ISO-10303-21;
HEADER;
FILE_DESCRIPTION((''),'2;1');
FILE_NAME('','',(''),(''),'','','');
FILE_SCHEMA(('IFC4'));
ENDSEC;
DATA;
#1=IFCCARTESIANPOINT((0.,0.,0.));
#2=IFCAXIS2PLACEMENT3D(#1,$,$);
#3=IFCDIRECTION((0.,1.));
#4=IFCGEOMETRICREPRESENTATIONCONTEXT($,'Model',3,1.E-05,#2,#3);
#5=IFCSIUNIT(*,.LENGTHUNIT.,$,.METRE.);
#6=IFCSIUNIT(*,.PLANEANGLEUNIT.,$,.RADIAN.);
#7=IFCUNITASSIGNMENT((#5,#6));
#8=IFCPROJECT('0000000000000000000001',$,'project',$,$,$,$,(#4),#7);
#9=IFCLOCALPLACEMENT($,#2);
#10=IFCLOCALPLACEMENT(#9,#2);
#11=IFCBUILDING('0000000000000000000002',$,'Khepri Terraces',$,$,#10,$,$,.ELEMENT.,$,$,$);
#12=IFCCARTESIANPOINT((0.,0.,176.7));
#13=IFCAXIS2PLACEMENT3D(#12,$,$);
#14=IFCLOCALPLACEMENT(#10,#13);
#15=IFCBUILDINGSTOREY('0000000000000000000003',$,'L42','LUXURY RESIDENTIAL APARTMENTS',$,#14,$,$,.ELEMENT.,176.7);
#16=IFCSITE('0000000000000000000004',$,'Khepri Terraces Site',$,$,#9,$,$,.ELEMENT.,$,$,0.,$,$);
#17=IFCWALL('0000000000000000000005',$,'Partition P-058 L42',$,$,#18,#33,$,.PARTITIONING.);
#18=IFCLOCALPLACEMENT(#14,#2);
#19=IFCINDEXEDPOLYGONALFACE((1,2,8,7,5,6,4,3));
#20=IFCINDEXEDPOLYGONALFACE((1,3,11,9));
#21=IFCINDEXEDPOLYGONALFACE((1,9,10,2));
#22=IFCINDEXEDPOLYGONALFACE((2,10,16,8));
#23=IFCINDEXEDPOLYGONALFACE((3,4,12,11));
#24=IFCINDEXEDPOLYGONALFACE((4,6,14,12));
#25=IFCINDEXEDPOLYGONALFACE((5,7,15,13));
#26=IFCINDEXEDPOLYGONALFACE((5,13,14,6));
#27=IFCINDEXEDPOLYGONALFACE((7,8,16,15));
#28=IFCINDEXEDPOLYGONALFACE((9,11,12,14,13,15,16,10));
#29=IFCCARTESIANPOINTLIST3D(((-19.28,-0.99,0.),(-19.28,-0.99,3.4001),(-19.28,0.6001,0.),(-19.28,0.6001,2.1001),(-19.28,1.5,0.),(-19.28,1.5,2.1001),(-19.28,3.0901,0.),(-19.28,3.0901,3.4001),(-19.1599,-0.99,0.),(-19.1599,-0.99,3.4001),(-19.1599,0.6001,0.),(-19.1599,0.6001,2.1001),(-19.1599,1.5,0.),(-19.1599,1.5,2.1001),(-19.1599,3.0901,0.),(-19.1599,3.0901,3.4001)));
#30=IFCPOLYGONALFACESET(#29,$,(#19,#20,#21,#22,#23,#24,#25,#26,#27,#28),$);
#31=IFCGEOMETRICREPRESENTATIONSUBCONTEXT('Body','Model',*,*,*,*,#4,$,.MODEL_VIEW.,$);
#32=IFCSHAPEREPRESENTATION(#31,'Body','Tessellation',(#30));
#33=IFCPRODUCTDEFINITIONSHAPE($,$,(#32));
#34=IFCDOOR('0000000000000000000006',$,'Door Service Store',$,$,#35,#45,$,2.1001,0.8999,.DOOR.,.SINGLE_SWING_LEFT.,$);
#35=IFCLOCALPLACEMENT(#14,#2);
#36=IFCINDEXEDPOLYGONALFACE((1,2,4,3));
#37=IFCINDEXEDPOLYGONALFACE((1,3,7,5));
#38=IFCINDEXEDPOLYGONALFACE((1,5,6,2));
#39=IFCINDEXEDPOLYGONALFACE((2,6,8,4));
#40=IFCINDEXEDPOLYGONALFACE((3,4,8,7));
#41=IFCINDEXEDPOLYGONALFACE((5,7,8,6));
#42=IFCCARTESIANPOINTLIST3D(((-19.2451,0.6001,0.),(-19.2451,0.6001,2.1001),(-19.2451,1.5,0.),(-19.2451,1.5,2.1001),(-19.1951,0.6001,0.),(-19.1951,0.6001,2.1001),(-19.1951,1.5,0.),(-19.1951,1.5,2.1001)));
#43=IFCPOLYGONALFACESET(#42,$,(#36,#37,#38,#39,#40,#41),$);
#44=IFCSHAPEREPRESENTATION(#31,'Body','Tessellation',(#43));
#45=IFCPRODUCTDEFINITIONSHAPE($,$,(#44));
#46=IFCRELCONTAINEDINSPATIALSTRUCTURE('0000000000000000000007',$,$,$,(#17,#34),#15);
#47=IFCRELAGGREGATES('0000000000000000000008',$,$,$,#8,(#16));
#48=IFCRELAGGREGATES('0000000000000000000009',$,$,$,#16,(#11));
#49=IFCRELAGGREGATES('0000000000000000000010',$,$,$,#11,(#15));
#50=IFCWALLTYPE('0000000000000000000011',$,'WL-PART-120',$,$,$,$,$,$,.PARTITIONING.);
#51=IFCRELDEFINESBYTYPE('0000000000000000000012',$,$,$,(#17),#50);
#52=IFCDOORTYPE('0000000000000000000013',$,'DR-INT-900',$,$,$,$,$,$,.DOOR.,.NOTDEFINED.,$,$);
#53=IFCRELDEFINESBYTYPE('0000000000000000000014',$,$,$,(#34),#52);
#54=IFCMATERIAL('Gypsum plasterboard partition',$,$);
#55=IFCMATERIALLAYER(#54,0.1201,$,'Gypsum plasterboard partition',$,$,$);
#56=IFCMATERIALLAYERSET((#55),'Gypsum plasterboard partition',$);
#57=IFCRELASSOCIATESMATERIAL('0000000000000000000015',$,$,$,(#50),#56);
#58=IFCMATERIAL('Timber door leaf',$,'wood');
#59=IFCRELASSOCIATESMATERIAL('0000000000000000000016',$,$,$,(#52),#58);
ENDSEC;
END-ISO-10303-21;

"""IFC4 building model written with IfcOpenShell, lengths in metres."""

from ifc_helpers import new_model, si_unit, direction, frame, frame_2d, origin, place, context, subcontext, project, spatial, rectangle, extrude, material, layer, layer_set, type_object, element, fill, save


model = new_model("IFC4")

# Units and contexts
model_context = context("Model", 3, precision=1e-05, world=origin(), true_north=direction((0.0, 1.0)))
body_context = subcontext(model_context, "Body", "Model", "MODEL_VIEW")
ifc_project = project(units=[si_unit("LENGTHUNIT", "METRE"), si_unit("PLANEANGLEUNIT", "RADIAN")], contexts=[model_context])

# Site, building, storey
site_placement = place(None, origin())
site = spatial("IfcSite", under=ifc_project, at=site_placement, Name="Khepri Terraces Site", CompositionType="ELEMENT", RefElevation=0.0)
building_placement = place(site_placement, origin())
building = spatial("IfcBuilding", under=site, at=building_placement, Name="Khepri Terraces", CompositionType="ELEMENT")
storey_placement = place(building_placement, frame((0.0, 0.0, 176.7)))
storey = spatial("IfcBuildingStorey", under=building, at=storey_placement, Name="L42", Description="LUXURY RESIDENTIAL APARTMENTS", CompositionType="ELEMENT", Elevation=176.7)

# Shared definitions
ifc_material_1 = material(Name="Gypsum plasterboard partition")
ifc_layer_1 = layer(ifc_material_1, 0.1201, Name="Gypsum plasterboard partition")
ifc_layer_set_1 = layer_set([ifc_layer_1], Name="Gypsum plasterboard partition")
wall_type_1 = type_object("IfcWallType", Name="WL-PART-120", PredefinedType="PARTITIONING", material=ifc_layer_set_1)

# Shared definitions
ifc_material_2 = material(Name="Timber door leaf", Category="wood")
door_type_1 = type_object("IfcDoorType", Name="DR-INT-900", OperationType="NOTDEFINED", PredefinedType="DOOR", material=ifc_material_2)

# Wall, opening, door
wall_1_placement = place(storey_placement, frame((-19.22, -0.99, 0.0), z_axis=(0.0, 0.0, 1.0), x_axis=(0.0, 1.0, 0.0)))
wall_1 = element("IfcWall", 1, at=wall_1_placement, inside=storey, type_object=wall_type_1, Name="Partition P-058 L42", PredefinedType="PARTITIONING", context=body_context, shape_type="SweptSolid", body=[
    extrude(rectangle(XDim=4.0801, YDim=0.1201, at=frame_2d((2.04, 0.0))), origin(), (0.0, 0.0, 1.0), 3.4001),
])
opening_1_placement = place(wall_1_placement, frame((1.5901, 0.0, 0.0)))
opening_1 = element("IfcOpeningElement", 2, at=opening_1_placement, cuts=wall_1, PredefinedType="OPENING", context=body_context, shape_type="SweptSolid", body=[
    extrude(rectangle(XDim=0.8999, YDim=2.1001, at=frame_2d((0.45, 1.05))), frame((0.0, 0.0701, 0.0), z_axis=(0.0, -1.0, 0.0), x_axis=(1.0, 0.0, 0.0)), (0.0, 0.0, 1.0), 0.1401),
])
door_1_placement = place(opening_1_placement, frame((0.8999, 0.0, 0.0), z_axis=(0.0, 0.0, 1.0), x_axis=(-1.0, 0.0, 0.0)))
door_1 = element("IfcDoor", 3, at=door_1_placement, inside=storey, type_object=door_type_1, Name="Door Service Store", OperationType="SINGLE_SWING_LEFT", OverallHeight=2.1001, OverallWidth=0.8999, PredefinedType="DOOR", context=body_context, shape_type="SweptSolid", body=[
    extrude(rectangle(XDim=0.8999, YDim=2.1001, at=frame_2d((0.45, 1.05))), frame((0.0, 0.0249, 0.0), z_axis=(0.0, -1.0, 0.0), x_axis=(1.0, 0.0, 0.0)), (0.0, 0.0, 1.0), 0.05),
])
fill(opening_1, door_1)

save(model, "model.ifc")
